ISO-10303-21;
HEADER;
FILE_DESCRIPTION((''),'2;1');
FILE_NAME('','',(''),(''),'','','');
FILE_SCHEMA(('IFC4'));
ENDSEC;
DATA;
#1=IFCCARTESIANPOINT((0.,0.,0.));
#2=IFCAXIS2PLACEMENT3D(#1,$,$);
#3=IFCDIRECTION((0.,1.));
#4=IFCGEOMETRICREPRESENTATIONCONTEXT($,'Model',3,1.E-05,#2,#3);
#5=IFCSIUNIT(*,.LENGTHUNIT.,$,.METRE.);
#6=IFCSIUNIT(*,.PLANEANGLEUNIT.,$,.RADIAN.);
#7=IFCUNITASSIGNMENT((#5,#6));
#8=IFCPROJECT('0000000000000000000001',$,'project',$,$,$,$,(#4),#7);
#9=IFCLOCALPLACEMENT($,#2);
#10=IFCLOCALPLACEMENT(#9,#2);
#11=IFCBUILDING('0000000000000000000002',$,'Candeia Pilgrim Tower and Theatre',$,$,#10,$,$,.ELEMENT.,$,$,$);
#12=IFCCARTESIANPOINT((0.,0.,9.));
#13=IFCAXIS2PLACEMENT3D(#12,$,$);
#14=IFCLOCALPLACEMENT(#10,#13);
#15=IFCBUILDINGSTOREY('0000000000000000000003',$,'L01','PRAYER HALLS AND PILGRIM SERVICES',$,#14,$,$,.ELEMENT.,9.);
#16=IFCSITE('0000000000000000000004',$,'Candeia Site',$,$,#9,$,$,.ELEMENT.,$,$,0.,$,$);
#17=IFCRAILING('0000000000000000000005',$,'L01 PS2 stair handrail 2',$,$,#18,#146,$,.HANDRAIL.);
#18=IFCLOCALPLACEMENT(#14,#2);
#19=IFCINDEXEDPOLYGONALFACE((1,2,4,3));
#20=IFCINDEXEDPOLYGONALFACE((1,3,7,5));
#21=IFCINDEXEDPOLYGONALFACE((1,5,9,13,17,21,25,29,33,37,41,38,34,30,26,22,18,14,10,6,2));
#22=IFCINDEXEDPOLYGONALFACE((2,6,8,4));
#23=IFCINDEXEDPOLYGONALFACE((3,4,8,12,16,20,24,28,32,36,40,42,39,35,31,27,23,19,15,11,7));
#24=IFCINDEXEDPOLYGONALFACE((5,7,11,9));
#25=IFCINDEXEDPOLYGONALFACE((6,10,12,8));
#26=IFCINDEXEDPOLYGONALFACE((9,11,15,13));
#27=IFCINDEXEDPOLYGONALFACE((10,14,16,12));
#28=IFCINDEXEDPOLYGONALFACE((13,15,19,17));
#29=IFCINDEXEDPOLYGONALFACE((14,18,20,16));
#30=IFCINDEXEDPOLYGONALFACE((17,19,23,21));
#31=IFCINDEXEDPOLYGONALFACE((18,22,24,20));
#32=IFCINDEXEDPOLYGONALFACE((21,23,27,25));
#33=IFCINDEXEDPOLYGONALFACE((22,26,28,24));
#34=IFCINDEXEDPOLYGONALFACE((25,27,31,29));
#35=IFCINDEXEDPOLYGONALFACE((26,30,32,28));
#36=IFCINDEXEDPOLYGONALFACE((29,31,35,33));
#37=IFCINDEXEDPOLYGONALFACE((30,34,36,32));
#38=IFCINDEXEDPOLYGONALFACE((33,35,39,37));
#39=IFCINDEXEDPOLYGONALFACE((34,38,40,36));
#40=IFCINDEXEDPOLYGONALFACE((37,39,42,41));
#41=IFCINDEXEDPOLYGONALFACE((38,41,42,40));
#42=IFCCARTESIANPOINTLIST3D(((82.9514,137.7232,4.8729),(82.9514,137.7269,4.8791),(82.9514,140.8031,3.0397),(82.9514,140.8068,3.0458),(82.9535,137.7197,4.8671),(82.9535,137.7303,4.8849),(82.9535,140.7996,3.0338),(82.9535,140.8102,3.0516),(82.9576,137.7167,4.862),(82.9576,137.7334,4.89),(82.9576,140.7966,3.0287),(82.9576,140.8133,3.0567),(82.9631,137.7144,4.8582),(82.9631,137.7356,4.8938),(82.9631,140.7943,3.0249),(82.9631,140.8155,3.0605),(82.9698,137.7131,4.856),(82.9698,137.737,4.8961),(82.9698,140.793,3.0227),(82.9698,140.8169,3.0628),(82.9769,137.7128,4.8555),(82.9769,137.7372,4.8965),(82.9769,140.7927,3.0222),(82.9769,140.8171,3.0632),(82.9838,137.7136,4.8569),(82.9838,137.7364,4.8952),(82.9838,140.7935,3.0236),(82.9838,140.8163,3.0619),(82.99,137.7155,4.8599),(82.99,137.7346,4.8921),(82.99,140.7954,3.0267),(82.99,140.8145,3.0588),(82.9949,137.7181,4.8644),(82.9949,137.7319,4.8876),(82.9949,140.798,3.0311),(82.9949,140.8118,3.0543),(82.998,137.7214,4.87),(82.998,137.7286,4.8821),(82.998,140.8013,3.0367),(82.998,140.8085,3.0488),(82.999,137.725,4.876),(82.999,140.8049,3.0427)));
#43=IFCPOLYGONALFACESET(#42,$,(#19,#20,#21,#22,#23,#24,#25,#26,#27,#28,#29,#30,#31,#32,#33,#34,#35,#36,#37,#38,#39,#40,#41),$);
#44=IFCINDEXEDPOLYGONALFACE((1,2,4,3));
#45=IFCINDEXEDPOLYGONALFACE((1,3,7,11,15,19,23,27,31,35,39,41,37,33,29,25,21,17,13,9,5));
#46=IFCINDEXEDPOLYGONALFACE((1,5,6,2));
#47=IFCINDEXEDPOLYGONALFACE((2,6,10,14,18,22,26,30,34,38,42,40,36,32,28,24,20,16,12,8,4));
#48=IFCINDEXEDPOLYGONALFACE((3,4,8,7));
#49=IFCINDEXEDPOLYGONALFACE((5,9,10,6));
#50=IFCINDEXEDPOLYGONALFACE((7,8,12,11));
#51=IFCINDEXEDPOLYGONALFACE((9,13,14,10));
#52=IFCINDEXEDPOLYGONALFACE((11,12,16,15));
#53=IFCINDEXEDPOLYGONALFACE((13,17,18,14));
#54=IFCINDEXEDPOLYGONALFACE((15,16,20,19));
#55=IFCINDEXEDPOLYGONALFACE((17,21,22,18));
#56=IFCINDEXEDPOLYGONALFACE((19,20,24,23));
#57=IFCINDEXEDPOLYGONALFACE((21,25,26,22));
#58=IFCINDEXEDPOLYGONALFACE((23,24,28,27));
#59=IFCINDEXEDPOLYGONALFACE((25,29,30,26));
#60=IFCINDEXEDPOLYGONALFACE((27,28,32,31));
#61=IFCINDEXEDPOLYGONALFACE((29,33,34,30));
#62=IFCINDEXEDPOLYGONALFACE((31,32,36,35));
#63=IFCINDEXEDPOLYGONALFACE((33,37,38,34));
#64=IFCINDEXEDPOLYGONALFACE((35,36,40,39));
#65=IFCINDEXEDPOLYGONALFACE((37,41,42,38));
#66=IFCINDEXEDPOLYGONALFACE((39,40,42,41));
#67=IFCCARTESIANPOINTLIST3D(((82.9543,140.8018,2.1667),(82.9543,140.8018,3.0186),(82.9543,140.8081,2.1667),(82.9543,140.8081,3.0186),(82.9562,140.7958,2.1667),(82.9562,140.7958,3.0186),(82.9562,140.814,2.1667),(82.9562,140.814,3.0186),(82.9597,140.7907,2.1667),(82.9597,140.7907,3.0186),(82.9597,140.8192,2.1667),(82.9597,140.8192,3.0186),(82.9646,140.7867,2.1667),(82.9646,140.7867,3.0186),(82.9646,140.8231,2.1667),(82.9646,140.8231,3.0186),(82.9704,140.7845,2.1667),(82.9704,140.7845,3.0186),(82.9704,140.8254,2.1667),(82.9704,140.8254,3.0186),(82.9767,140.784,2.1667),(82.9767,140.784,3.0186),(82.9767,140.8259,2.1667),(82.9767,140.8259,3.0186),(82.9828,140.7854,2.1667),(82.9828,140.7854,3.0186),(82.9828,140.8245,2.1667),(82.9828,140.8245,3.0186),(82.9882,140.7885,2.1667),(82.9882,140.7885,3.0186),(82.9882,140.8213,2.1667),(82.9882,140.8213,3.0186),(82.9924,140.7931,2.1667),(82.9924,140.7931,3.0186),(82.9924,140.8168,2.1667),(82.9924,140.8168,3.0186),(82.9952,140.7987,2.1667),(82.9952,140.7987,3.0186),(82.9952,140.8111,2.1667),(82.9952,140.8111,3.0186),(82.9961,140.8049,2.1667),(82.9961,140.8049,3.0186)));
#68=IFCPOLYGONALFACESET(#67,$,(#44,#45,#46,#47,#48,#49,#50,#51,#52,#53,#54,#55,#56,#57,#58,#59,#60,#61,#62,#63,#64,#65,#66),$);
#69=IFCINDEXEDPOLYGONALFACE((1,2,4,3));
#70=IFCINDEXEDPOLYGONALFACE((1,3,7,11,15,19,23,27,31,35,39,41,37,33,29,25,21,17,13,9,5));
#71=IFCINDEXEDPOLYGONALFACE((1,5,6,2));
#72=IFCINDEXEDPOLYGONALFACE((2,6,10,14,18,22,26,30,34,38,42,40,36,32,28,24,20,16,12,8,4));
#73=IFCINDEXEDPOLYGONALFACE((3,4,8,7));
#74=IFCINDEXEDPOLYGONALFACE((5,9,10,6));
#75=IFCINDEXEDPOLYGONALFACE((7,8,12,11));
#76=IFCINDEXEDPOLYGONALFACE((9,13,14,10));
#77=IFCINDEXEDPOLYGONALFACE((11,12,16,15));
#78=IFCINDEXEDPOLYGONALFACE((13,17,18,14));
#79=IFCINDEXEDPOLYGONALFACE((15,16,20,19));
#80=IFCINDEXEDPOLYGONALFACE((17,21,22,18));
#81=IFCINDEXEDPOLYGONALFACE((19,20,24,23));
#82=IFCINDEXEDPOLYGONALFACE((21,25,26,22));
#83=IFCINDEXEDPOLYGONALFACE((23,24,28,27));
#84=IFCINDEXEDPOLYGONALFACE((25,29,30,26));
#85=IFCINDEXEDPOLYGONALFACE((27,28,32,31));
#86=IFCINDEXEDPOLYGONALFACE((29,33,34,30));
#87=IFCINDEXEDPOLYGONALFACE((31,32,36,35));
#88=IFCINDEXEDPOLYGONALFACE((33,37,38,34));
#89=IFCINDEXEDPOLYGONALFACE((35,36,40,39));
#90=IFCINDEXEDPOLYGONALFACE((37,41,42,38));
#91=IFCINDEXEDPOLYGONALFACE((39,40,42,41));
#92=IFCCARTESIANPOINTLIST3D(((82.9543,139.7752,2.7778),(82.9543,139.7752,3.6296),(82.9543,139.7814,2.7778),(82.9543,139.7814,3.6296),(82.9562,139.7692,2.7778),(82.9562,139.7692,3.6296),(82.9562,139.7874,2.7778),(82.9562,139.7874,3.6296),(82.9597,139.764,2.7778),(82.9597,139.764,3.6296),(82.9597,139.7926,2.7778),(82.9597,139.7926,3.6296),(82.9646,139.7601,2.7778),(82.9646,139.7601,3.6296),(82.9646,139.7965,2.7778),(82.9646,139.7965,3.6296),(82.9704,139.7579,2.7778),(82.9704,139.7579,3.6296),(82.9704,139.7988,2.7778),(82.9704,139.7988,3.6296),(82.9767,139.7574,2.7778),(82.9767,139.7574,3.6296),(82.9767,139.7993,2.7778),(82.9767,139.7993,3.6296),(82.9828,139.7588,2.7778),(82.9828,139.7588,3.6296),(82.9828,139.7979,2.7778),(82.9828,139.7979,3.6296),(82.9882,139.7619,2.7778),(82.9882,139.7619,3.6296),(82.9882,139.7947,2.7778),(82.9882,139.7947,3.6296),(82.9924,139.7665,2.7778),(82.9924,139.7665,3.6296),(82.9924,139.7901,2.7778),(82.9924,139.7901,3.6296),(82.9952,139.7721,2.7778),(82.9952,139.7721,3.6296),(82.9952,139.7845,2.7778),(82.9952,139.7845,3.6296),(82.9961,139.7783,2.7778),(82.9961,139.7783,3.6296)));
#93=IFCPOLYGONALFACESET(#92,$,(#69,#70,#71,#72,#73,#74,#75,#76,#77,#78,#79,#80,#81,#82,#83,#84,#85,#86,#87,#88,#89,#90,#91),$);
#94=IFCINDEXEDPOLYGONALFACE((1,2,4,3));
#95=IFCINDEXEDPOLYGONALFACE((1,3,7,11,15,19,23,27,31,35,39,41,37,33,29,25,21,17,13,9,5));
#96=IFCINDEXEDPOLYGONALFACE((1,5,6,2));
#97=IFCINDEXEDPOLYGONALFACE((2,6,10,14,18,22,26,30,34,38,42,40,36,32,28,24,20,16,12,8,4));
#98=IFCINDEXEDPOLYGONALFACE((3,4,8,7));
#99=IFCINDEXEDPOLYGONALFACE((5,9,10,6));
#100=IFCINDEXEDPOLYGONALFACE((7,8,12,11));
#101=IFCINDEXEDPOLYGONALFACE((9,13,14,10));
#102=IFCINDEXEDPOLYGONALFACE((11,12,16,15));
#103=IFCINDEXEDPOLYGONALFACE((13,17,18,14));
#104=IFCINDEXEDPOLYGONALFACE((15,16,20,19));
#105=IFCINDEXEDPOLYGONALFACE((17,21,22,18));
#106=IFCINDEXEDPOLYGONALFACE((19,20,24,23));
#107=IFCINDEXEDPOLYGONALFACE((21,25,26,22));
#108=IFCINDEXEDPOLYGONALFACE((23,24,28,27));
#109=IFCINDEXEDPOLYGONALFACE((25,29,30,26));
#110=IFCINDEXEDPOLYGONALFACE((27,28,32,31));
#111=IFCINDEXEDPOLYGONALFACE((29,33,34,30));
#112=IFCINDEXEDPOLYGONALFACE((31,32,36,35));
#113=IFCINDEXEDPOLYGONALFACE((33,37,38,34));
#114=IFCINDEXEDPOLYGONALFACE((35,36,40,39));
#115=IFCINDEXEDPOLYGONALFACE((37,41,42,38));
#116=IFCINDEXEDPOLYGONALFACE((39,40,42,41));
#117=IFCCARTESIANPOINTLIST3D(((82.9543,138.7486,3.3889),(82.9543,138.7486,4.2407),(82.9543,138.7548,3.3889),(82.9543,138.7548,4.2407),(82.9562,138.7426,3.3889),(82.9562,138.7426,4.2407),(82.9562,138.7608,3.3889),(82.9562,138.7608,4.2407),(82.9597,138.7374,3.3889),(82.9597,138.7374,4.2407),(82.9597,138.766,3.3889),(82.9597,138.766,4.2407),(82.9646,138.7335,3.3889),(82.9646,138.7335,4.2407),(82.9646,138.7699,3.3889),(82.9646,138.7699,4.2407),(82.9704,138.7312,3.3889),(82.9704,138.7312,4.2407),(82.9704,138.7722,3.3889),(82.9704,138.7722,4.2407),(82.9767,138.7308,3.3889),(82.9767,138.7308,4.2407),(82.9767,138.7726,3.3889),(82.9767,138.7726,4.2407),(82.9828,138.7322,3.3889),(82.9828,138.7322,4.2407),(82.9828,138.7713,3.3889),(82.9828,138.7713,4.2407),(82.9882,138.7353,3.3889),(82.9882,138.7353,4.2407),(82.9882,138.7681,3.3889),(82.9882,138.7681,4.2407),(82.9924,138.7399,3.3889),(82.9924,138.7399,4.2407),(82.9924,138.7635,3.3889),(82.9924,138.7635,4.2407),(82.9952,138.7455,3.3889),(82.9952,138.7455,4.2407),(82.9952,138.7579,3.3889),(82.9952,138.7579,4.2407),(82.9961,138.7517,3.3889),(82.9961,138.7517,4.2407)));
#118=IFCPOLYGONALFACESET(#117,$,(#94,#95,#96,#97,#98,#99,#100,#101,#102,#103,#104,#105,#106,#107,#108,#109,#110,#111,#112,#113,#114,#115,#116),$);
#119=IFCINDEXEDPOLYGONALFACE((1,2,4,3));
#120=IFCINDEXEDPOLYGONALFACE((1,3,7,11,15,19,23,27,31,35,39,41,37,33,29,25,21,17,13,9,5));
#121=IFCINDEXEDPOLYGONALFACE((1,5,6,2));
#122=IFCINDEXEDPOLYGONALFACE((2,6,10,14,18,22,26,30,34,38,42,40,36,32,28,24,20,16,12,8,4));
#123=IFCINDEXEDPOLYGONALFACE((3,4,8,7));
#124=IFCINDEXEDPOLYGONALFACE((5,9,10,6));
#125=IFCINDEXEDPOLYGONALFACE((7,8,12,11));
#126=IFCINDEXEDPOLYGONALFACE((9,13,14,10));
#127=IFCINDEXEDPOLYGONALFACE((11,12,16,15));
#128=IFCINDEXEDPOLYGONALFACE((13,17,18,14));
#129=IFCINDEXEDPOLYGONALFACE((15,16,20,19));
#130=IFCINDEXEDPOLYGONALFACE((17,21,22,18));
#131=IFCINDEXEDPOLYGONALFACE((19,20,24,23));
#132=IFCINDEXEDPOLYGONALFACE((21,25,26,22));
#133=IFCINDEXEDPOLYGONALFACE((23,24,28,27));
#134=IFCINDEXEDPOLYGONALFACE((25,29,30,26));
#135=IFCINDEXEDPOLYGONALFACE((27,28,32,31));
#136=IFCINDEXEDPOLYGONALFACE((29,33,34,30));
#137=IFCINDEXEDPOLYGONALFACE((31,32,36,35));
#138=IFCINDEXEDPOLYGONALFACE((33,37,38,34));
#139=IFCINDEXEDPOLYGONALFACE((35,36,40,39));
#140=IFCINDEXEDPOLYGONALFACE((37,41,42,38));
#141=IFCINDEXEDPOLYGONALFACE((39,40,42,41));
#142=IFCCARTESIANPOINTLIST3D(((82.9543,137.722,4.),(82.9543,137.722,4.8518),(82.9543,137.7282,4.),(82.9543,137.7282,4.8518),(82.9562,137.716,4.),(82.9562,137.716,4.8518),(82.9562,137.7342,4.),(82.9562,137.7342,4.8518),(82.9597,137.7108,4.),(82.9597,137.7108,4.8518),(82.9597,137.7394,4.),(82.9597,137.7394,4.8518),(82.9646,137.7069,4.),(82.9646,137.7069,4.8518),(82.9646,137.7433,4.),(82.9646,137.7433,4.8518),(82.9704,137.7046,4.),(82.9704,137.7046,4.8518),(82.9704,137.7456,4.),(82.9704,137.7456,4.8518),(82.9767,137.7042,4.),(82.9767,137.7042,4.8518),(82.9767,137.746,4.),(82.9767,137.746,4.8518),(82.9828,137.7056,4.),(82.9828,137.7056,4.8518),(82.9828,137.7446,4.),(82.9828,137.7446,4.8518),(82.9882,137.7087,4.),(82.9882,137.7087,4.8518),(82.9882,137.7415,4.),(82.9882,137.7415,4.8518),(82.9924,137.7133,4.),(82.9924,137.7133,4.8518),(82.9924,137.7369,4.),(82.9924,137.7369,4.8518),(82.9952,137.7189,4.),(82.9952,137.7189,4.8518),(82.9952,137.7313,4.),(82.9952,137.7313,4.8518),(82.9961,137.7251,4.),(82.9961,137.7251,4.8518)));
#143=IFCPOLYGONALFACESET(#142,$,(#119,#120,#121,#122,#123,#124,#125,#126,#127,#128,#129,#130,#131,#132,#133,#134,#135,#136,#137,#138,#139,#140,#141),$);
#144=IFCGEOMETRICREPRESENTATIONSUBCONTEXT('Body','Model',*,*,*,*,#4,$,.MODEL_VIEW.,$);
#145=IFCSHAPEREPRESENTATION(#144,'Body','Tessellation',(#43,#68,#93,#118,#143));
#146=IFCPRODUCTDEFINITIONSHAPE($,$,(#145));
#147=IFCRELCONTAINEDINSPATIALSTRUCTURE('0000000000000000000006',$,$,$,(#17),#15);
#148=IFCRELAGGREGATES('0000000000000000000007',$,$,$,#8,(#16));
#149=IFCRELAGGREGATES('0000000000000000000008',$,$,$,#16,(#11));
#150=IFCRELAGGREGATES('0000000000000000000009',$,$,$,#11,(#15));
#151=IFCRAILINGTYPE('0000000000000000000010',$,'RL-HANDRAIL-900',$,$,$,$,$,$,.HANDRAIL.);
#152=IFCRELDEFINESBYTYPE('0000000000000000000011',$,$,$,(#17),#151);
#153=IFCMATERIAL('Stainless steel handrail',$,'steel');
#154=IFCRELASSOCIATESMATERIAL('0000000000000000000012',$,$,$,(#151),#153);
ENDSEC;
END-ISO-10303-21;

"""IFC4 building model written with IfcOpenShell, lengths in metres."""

from ifc_helpers import new_model, si_unit, direction, frame, origin, origin_2d, place, context, subcontext, project, spatial, circle, extrude, material, type_object, element, save


model = new_model("IFC4")

# Units and contexts
model_context = context("Model", 3, precision=1e-05, world=origin(), true_north=direction((0.0, 1.0)))
body_context = subcontext(model_context, "Body", "Model", "MODEL_VIEW")
ifc_project = project(units=[si_unit("LENGTHUNIT", "METRE"), si_unit("PLANEANGLEUNIT", "RADIAN")], contexts=[model_context])

# Site, building, storey
site_placement = place(None, origin())
site = spatial("IfcSite", under=ifc_project, at=site_placement, Name="Candeia Site", CompositionType="ELEMENT", RefElevation=0.0)
building_placement = place(site_placement, origin())
building = spatial("IfcBuilding", under=site, at=building_placement, Name="Candeia Pilgrim Tower and Theatre", CompositionType="ELEMENT")
storey_placement = place(building_placement, frame((0.0, 0.0, 9.0)))
storey = spatial("IfcBuildingStorey", under=building, at=storey_placement, Name="L01", Description="PRAYER HALLS AND PILGRIM SERVICES", CompositionType="ELEMENT", Elevation=9.0)

# Railing
ifc_material_1 = material(Name="Stainless steel handrail", Category="steel")
railing_type_1 = type_object("IfcRailingType", Name="RL-HANDRAIL-900", PredefinedType="HANDRAIL", material=ifc_material_1)
railing_1_placement = place(storey_placement, frame((82.9751, 140.8049, 2.1667)))
element("IfcRailing", 1, at=railing_1_placement, inside=storey, type_object=railing_type_1, Name="L01 PS2 stair handrail 2", PredefinedType="HANDRAIL", context=body_context, shape_type="SweptSolid", body=[
    extrude(circle(Radius=0.0239, at=origin_2d()), frame((0.0, 0.0, 0.876), z_axis=(0.0, -0.859291, 0.511487), x_axis=(1.0, 0.0, 0.0)), (0.0, 0.0, 1.0), 3.5842),
    extrude(circle(Radius=0.021, at=origin_2d()), origin(), (0.0, 0.0, 1.0), 0.8518),
    extrude(circle(Radius=0.021, at=origin_2d()), frame((0.0, -1.0266, 0.6111)), (0.0, 0.0, 1.0), 0.8518),
    extrude(circle(Radius=0.021, at=origin_2d()), frame((0.0, -2.0532, 1.2222)), (0.0, 0.0, 1.0), 0.8518),
    extrude(circle(Radius=0.021, at=origin_2d()), frame((0.0, -3.0798, 1.8333)), (0.0, 0.0, 1.0), 0.8518),
])

save(model, "model.ifc")
